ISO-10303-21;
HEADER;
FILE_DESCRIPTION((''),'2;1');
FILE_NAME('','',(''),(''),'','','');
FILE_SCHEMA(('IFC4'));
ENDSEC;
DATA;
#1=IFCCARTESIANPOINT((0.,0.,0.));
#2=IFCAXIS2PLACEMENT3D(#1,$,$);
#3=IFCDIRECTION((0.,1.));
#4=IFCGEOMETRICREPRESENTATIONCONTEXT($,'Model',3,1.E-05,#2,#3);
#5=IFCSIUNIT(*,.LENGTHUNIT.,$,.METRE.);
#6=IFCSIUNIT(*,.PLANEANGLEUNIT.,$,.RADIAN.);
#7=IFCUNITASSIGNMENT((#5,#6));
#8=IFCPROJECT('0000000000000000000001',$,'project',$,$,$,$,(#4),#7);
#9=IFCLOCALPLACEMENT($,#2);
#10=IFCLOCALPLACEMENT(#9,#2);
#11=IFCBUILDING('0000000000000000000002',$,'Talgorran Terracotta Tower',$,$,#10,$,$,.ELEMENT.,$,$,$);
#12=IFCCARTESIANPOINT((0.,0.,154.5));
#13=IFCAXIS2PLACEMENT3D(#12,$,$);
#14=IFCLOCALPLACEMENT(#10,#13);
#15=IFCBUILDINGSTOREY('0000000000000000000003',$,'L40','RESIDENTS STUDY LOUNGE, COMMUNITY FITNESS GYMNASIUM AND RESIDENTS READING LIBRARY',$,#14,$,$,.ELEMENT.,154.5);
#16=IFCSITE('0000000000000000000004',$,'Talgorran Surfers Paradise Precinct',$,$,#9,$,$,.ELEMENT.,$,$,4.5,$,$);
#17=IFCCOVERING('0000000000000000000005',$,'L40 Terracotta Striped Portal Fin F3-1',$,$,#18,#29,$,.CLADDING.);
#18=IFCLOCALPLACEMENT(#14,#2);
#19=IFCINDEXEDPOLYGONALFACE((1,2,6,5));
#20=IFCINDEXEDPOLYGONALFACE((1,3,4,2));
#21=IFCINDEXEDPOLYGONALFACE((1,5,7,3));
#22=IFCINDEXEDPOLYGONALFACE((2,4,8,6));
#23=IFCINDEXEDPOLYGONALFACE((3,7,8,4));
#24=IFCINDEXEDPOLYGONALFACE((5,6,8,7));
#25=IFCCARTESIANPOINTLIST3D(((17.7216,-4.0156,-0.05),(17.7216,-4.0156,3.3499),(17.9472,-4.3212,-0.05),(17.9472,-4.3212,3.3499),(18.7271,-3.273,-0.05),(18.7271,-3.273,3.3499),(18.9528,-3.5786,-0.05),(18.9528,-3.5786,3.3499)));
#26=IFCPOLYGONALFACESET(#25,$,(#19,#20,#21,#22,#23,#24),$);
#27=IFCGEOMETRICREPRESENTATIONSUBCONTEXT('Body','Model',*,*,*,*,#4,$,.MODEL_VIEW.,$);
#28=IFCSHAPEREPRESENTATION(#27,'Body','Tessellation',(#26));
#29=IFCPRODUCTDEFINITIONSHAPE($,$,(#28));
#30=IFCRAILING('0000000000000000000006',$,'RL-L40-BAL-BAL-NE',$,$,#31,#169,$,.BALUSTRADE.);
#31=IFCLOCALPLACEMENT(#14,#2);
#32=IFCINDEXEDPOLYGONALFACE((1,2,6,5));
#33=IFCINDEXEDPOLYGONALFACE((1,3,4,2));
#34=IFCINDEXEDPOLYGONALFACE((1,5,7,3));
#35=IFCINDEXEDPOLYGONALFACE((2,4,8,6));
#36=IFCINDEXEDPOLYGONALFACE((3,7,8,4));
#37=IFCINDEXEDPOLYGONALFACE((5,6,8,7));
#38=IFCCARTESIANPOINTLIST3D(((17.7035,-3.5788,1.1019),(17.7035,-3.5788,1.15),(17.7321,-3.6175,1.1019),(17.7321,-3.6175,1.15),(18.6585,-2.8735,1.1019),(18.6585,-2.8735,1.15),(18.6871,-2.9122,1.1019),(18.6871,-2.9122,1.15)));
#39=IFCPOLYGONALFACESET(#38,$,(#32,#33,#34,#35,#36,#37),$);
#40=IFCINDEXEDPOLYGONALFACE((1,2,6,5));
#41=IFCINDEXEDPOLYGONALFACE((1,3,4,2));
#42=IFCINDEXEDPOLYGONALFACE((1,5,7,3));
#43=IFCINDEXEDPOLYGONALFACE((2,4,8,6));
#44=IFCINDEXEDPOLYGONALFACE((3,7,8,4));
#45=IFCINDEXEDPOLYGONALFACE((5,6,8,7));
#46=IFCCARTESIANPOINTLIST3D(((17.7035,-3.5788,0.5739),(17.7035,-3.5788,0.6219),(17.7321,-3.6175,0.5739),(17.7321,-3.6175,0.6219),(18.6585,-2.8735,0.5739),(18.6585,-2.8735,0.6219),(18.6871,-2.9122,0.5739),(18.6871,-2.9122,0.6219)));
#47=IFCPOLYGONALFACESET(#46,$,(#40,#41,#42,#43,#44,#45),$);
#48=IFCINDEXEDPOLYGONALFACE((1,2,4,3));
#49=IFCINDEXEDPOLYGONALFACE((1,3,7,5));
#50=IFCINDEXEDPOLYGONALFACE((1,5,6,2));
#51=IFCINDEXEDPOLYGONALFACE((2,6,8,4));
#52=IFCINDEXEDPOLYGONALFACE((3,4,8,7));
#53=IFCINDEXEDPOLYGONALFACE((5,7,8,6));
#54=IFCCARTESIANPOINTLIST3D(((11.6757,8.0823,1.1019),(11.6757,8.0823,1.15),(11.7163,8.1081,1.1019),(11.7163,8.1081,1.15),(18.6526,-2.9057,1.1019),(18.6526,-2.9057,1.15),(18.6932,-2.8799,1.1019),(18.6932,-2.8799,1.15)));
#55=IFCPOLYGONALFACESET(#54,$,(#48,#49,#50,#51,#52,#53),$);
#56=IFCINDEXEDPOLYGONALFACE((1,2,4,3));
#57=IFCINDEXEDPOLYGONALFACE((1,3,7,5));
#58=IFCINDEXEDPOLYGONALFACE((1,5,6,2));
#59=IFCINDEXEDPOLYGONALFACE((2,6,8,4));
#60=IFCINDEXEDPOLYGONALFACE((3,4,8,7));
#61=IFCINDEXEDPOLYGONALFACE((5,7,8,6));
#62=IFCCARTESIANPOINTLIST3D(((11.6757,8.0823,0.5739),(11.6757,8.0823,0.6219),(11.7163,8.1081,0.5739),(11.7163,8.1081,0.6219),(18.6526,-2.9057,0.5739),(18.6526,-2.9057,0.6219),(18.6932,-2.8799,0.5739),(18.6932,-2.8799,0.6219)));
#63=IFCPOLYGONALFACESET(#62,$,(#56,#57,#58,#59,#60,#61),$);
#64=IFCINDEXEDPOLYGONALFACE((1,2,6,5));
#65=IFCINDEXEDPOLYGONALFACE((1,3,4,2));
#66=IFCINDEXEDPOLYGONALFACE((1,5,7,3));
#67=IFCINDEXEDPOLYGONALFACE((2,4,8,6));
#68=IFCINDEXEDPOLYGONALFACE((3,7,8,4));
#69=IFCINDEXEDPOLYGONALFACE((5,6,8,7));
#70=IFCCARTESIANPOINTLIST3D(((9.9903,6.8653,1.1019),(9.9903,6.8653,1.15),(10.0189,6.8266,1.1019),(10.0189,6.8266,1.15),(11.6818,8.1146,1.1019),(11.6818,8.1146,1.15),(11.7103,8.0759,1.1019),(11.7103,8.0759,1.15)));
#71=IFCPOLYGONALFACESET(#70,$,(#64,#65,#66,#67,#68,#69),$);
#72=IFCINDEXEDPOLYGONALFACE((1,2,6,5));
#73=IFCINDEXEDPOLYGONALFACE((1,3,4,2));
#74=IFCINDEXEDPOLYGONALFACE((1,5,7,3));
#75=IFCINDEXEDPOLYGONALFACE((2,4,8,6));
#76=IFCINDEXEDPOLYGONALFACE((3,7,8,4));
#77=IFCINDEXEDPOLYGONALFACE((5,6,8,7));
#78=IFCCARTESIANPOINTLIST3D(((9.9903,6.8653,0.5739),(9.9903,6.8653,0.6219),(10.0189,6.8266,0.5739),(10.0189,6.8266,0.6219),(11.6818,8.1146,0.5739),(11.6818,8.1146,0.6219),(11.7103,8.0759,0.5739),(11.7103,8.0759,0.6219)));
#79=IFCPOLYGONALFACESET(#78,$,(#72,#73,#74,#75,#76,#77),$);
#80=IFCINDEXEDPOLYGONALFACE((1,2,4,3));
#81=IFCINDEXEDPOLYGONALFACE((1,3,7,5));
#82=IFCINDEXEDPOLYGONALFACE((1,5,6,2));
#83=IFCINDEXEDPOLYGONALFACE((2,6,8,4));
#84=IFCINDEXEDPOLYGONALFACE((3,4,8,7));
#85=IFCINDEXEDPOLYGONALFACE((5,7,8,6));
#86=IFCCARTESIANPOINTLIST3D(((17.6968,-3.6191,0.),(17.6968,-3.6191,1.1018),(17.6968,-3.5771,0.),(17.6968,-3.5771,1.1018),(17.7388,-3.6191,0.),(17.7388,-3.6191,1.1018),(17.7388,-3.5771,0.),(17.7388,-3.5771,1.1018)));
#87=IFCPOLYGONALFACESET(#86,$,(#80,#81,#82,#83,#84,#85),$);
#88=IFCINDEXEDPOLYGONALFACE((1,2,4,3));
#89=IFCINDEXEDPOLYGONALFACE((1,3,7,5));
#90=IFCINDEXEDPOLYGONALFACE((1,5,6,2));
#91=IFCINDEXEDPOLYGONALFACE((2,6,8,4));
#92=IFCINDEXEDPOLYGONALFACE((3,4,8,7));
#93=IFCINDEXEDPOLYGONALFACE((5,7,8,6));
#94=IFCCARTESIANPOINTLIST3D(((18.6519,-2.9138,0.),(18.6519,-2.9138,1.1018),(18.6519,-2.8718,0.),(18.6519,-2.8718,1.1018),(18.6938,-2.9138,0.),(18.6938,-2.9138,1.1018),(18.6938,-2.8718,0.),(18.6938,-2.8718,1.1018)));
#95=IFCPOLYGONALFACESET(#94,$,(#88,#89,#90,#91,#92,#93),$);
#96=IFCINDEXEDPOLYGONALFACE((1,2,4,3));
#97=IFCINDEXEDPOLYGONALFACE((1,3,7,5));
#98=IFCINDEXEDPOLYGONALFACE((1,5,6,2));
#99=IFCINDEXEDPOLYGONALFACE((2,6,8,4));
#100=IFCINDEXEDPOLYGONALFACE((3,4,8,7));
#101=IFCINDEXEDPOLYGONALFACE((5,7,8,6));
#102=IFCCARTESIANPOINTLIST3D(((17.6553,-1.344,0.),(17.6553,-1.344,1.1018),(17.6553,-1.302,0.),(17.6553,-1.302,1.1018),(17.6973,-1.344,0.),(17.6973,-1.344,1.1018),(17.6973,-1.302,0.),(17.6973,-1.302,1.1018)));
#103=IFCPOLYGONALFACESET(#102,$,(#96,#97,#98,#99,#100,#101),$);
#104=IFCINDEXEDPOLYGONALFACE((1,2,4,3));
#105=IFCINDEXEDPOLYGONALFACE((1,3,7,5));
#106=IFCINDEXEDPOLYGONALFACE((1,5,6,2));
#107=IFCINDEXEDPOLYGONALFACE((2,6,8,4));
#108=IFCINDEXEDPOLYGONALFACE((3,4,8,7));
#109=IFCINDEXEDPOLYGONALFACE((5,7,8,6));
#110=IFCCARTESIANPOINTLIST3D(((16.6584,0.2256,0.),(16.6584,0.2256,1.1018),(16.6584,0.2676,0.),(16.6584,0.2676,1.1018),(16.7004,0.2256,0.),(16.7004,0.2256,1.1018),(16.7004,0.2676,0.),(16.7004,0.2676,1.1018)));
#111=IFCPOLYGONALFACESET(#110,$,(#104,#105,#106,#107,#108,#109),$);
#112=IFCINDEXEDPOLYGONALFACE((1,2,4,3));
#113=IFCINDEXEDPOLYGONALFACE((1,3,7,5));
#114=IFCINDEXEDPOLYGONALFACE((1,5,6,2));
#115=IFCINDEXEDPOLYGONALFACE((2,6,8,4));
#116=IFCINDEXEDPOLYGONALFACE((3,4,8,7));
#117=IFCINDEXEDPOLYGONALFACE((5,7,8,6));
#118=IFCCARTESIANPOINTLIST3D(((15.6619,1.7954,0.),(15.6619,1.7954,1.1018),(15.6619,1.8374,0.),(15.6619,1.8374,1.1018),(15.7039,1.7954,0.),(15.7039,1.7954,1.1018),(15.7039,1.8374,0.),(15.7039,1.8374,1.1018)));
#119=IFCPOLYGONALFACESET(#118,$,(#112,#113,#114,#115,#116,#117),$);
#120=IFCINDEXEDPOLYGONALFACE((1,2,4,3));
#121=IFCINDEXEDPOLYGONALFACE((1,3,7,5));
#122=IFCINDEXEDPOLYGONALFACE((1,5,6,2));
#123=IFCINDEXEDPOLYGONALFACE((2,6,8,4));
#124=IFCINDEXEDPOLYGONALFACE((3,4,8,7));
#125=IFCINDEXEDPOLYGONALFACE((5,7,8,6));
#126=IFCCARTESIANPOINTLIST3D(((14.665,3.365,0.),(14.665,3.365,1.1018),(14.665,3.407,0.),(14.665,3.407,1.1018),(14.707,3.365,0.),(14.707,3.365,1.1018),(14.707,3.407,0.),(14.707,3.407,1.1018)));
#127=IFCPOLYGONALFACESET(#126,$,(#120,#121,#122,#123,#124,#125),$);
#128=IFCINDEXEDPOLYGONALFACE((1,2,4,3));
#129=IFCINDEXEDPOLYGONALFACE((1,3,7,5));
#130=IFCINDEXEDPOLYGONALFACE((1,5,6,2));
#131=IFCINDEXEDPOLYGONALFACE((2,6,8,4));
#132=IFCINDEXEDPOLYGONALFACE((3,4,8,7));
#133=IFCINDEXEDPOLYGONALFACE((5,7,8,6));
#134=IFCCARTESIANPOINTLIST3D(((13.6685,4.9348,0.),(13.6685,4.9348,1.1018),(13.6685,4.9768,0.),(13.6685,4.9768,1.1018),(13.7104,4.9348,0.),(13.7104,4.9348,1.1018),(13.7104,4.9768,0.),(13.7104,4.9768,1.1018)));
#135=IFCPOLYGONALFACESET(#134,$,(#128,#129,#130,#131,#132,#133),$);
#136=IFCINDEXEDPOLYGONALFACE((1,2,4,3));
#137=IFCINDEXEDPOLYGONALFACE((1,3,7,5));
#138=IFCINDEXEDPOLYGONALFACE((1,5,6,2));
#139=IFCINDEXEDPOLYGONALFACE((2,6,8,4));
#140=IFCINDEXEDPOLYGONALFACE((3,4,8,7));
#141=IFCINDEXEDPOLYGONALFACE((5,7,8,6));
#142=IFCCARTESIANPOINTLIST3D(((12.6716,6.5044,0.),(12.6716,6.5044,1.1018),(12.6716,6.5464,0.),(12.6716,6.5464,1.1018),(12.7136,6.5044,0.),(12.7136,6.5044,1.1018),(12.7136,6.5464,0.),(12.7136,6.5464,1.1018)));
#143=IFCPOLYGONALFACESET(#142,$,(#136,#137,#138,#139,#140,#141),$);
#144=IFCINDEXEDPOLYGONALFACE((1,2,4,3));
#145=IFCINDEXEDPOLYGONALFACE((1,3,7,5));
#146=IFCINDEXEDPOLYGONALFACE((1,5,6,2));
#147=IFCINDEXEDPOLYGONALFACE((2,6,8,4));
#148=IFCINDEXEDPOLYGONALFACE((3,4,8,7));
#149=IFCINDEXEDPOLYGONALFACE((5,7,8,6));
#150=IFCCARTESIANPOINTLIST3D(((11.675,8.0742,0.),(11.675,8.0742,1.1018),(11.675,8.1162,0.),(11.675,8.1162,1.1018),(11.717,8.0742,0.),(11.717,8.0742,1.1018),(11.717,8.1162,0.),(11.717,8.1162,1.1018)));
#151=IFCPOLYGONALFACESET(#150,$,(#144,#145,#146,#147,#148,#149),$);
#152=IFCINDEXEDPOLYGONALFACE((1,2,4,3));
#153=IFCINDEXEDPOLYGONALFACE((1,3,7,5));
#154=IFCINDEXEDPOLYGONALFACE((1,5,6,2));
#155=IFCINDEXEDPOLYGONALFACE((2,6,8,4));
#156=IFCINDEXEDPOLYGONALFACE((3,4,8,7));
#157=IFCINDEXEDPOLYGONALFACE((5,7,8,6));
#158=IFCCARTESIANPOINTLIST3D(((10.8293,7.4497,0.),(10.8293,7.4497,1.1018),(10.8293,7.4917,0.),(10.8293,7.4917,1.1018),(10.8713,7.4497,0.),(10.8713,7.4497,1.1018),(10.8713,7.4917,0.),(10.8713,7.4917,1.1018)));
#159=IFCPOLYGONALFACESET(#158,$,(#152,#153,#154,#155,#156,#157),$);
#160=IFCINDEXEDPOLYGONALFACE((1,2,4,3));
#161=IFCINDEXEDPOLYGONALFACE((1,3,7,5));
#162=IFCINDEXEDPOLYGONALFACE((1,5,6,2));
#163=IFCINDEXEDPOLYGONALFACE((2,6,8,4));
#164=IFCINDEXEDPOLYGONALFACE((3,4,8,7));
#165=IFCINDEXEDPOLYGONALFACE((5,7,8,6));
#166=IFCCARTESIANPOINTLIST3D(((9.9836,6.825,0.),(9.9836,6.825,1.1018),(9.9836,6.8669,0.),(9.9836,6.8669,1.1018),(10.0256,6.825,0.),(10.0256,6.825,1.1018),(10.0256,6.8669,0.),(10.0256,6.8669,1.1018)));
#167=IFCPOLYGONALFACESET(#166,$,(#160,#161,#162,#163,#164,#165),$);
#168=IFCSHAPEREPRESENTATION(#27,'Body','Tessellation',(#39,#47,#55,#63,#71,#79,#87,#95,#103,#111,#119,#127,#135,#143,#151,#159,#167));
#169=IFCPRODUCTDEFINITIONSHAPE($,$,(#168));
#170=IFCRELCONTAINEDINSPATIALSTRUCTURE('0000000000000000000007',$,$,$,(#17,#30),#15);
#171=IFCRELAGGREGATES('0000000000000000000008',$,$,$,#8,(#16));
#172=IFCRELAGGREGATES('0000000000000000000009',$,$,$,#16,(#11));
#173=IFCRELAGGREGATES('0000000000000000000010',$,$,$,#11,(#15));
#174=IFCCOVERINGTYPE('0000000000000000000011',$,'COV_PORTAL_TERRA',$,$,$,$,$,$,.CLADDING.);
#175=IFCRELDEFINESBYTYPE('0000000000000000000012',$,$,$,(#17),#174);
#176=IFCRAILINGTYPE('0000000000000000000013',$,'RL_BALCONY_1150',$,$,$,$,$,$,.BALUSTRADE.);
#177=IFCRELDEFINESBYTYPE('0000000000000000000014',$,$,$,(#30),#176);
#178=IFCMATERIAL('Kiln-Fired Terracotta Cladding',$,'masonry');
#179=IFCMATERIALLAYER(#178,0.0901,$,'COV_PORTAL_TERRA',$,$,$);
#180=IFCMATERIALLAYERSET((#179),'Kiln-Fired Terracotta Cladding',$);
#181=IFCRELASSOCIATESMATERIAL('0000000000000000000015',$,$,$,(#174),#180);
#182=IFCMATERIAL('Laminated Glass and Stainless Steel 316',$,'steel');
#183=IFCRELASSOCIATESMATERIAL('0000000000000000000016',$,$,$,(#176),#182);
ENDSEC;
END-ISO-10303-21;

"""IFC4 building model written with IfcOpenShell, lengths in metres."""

from ifc_helpers import new_model, si_unit, direction, frame, origin, origin_2d, place, context, subcontext, project, spatial, rectangle, extrude, material, layer, layer_set, type_object, element, save


model = new_model("IFC4")

# Units and contexts
model_context = context("Model", 3, precision=1e-05, world=origin(), true_north=direction((0.0, 1.0)))
body_context = subcontext(model_context, "Body", "Model", "MODEL_VIEW")
ifc_project = project(units=[si_unit("LENGTHUNIT", "METRE"), si_unit("PLANEANGLEUNIT", "RADIAN")], contexts=[model_context])

# Site, building, storey
site_placement = place(None, origin())
site = spatial("IfcSite", under=ifc_project, at=site_placement, Name="Talgorran Surfers Paradise Precinct", CompositionType="ELEMENT", RefElevation=4.5)
building_placement = place(site_placement, origin())
building = spatial("IfcBuilding", under=site, at=building_placement, Name="Talgorran Terracotta Tower", CompositionType="ELEMENT")
storey_placement = place(building_placement, frame((0.0, 0.0, 154.5)))
storey = spatial("IfcBuildingStorey", under=building, at=storey_placement, Name="L40", Description="RESIDENTS STUDY LOUNGE, COMMUNITY FITNESS GYMNASIUM AND RESIDENTS READING LIBRARY", CompositionType="ELEMENT", Elevation=154.5)

# Covering
ifc_material_1 = material(Name="Kiln-Fired Terracotta Cladding", Category="masonry")
ifc_layer_1 = layer(ifc_material_1, 0.0901, Name="COV_PORTAL_TERRA")
ifc_layer_set_1 = layer_set([ifc_layer_1], Name="Kiln-Fired Terracotta Cladding")
covering_type_1 = type_object("IfcCoveringType", Name="COV_PORTAL_TERRA", PredefinedType="CLADDING", material=ifc_layer_set_1)
covering_1_placement = place(storey_placement, frame((18.3372, -3.7971, -0.05), z_axis=(0.0, 0.0, 1.0), x_axis=(-0.594079, 0.804407, 0.0)))
element("IfcCovering", 1, at=covering_1_placement, inside=storey, type_object=covering_type_1, Name="L40 Terracotta Striped Portal Fin F3-1", PredefinedType="CLADDING", context=body_context, shape_type="SweptSolid", body=[
    extrude(rectangle(XDim=0.3799, YDim=1.25, at=origin_2d()), origin(), (0.0, 0.0, 1.0), 3.3999),
])

# Railing
ifc_material_2 = material(Name="Laminated Glass and Stainless Steel 316", Category="steel")
railing_type = type_object("IfcRailingType", Name="RL_BALCONY_1150", PredefinedType="BALUSTRADE", material=ifc_material_2)
railing_placement = place(storey_placement, frame((17.7178, -3.5981, 0.0)))
element("IfcRailing", 2, at=railing_placement, inside=storey, type_object=railing_type, Name="RL-L40-BAL-BAL-NE", PredefinedType="BALUSTRADE", context=body_context, shape_type="SweptSolid", body=[
    extrude(rectangle(XDim=0.0481, YDim=0.0481, at=origin_2d()), frame((0.0, 0.0, 1.126), z_axis=(0.80442, 0.594061, 0.0), x_axis=(-0.594061, 0.80442, 0.0)), (0.0, 0.0, 1.0), 1.1873),
    extrude(rectangle(XDim=0.0481, YDim=0.0481, at=origin_2d()), frame((0.0, 0.0, 0.5979), z_axis=(0.80442, 0.594061, 0.0), x_axis=(-0.594061, 0.80442, 0.0)), (0.0, 0.0, 1.0), 1.1873),
    extrude(rectangle(XDim=0.0481, YDim=0.0481, at=origin_2d()), frame((0.9551, 0.7053, 1.126), z_axis=(-0.536023, 0.844203, 0.0), x_axis=(-0.844203, -0.536023, 0.0)), (0.0, 0.0, 1.0), 13.0159),
    extrude(rectangle(XDim=0.0481, YDim=0.0481, at=origin_2d()), frame((0.9551, 0.7053, 0.5979), z_axis=(-0.536023, 0.844203, 0.0), x_axis=(-0.844203, -0.536023, 0.0)), (0.0, 0.0, 1.0), 13.0159),
    extrude(rectangle(XDim=0.0481, YDim=0.0481, at=origin_2d()), frame((-6.0217, 11.6934, 1.126), z_axis=(-0.804381, -0.594114, 0.0), x_axis=(0.594114, -0.804381, 0.0)), (0.0, 0.0, 1.0), 2.1028),
    extrude(rectangle(XDim=0.0481, YDim=0.0481, at=origin_2d()), frame((-6.0217, 11.6934, 0.5979), z_axis=(-0.804381, -0.594114, 0.0), x_axis=(0.594114, -0.804381, 0.0)), (0.0, 0.0, 1.0), 2.1028),
    extrude(rectangle(XDim=0.042, YDim=0.042, at=origin_2d()), origin(), (0.0, 0.0, 1.0), 1.1018),
    extrude(rectangle(XDim=0.042, YDim=0.042, at=origin_2d()), frame((0.9551, 0.7053, 0.0)), (0.0, 0.0, 1.0), 1.1018),
    extrude(rectangle(XDim=0.042, YDim=0.042, at=origin_2d()), frame((-0.0415, 2.2751, 0.0)), (0.0, 0.0, 1.0), 1.1018),
    extrude(rectangle(XDim=0.042, YDim=0.042, at=origin_2d()), frame((-1.0383, 3.8447, 0.0)), (0.0, 0.0, 1.0), 1.1018),
    extrude(rectangle(XDim=0.042, YDim=0.042, at=origin_2d()), frame((-2.0349, 5.4146, 0.0)), (0.0, 0.0, 1.0), 1.1018),
    extrude(rectangle(XDim=0.042, YDim=0.042, at=origin_2d()), frame((-3.0317, 6.9841, 0.0)), (0.0, 0.0, 1.0), 1.1018),
    extrude(rectangle(XDim=0.042, YDim=0.042, at=origin_2d()), frame((-4.0283, 8.554, 0.0)), (0.0, 0.0, 1.0), 1.1018),
    extrude(rectangle(XDim=0.042, YDim=0.042, at=origin_2d()), frame((-5.0251, 10.1235, 0.0)), (0.0, 0.0, 1.0), 1.1018),
    extrude(rectangle(XDim=0.042, YDim=0.042, at=origin_2d()), frame((-6.0217, 11.6934, 0.0)), (0.0, 0.0, 1.0), 1.1018),
    extrude(rectangle(XDim=0.042, YDim=0.042, at=origin_2d()), frame((-6.8674, 11.0688, 0.0)), (0.0, 0.0, 1.0), 1.1018),
    extrude(rectangle(XDim=0.042, YDim=0.042, at=origin_2d()), frame((-7.7131, 10.4441, 0.0)), (0.0, 0.0, 1.0), 1.1018),
])

save(model, "model.ifc")
